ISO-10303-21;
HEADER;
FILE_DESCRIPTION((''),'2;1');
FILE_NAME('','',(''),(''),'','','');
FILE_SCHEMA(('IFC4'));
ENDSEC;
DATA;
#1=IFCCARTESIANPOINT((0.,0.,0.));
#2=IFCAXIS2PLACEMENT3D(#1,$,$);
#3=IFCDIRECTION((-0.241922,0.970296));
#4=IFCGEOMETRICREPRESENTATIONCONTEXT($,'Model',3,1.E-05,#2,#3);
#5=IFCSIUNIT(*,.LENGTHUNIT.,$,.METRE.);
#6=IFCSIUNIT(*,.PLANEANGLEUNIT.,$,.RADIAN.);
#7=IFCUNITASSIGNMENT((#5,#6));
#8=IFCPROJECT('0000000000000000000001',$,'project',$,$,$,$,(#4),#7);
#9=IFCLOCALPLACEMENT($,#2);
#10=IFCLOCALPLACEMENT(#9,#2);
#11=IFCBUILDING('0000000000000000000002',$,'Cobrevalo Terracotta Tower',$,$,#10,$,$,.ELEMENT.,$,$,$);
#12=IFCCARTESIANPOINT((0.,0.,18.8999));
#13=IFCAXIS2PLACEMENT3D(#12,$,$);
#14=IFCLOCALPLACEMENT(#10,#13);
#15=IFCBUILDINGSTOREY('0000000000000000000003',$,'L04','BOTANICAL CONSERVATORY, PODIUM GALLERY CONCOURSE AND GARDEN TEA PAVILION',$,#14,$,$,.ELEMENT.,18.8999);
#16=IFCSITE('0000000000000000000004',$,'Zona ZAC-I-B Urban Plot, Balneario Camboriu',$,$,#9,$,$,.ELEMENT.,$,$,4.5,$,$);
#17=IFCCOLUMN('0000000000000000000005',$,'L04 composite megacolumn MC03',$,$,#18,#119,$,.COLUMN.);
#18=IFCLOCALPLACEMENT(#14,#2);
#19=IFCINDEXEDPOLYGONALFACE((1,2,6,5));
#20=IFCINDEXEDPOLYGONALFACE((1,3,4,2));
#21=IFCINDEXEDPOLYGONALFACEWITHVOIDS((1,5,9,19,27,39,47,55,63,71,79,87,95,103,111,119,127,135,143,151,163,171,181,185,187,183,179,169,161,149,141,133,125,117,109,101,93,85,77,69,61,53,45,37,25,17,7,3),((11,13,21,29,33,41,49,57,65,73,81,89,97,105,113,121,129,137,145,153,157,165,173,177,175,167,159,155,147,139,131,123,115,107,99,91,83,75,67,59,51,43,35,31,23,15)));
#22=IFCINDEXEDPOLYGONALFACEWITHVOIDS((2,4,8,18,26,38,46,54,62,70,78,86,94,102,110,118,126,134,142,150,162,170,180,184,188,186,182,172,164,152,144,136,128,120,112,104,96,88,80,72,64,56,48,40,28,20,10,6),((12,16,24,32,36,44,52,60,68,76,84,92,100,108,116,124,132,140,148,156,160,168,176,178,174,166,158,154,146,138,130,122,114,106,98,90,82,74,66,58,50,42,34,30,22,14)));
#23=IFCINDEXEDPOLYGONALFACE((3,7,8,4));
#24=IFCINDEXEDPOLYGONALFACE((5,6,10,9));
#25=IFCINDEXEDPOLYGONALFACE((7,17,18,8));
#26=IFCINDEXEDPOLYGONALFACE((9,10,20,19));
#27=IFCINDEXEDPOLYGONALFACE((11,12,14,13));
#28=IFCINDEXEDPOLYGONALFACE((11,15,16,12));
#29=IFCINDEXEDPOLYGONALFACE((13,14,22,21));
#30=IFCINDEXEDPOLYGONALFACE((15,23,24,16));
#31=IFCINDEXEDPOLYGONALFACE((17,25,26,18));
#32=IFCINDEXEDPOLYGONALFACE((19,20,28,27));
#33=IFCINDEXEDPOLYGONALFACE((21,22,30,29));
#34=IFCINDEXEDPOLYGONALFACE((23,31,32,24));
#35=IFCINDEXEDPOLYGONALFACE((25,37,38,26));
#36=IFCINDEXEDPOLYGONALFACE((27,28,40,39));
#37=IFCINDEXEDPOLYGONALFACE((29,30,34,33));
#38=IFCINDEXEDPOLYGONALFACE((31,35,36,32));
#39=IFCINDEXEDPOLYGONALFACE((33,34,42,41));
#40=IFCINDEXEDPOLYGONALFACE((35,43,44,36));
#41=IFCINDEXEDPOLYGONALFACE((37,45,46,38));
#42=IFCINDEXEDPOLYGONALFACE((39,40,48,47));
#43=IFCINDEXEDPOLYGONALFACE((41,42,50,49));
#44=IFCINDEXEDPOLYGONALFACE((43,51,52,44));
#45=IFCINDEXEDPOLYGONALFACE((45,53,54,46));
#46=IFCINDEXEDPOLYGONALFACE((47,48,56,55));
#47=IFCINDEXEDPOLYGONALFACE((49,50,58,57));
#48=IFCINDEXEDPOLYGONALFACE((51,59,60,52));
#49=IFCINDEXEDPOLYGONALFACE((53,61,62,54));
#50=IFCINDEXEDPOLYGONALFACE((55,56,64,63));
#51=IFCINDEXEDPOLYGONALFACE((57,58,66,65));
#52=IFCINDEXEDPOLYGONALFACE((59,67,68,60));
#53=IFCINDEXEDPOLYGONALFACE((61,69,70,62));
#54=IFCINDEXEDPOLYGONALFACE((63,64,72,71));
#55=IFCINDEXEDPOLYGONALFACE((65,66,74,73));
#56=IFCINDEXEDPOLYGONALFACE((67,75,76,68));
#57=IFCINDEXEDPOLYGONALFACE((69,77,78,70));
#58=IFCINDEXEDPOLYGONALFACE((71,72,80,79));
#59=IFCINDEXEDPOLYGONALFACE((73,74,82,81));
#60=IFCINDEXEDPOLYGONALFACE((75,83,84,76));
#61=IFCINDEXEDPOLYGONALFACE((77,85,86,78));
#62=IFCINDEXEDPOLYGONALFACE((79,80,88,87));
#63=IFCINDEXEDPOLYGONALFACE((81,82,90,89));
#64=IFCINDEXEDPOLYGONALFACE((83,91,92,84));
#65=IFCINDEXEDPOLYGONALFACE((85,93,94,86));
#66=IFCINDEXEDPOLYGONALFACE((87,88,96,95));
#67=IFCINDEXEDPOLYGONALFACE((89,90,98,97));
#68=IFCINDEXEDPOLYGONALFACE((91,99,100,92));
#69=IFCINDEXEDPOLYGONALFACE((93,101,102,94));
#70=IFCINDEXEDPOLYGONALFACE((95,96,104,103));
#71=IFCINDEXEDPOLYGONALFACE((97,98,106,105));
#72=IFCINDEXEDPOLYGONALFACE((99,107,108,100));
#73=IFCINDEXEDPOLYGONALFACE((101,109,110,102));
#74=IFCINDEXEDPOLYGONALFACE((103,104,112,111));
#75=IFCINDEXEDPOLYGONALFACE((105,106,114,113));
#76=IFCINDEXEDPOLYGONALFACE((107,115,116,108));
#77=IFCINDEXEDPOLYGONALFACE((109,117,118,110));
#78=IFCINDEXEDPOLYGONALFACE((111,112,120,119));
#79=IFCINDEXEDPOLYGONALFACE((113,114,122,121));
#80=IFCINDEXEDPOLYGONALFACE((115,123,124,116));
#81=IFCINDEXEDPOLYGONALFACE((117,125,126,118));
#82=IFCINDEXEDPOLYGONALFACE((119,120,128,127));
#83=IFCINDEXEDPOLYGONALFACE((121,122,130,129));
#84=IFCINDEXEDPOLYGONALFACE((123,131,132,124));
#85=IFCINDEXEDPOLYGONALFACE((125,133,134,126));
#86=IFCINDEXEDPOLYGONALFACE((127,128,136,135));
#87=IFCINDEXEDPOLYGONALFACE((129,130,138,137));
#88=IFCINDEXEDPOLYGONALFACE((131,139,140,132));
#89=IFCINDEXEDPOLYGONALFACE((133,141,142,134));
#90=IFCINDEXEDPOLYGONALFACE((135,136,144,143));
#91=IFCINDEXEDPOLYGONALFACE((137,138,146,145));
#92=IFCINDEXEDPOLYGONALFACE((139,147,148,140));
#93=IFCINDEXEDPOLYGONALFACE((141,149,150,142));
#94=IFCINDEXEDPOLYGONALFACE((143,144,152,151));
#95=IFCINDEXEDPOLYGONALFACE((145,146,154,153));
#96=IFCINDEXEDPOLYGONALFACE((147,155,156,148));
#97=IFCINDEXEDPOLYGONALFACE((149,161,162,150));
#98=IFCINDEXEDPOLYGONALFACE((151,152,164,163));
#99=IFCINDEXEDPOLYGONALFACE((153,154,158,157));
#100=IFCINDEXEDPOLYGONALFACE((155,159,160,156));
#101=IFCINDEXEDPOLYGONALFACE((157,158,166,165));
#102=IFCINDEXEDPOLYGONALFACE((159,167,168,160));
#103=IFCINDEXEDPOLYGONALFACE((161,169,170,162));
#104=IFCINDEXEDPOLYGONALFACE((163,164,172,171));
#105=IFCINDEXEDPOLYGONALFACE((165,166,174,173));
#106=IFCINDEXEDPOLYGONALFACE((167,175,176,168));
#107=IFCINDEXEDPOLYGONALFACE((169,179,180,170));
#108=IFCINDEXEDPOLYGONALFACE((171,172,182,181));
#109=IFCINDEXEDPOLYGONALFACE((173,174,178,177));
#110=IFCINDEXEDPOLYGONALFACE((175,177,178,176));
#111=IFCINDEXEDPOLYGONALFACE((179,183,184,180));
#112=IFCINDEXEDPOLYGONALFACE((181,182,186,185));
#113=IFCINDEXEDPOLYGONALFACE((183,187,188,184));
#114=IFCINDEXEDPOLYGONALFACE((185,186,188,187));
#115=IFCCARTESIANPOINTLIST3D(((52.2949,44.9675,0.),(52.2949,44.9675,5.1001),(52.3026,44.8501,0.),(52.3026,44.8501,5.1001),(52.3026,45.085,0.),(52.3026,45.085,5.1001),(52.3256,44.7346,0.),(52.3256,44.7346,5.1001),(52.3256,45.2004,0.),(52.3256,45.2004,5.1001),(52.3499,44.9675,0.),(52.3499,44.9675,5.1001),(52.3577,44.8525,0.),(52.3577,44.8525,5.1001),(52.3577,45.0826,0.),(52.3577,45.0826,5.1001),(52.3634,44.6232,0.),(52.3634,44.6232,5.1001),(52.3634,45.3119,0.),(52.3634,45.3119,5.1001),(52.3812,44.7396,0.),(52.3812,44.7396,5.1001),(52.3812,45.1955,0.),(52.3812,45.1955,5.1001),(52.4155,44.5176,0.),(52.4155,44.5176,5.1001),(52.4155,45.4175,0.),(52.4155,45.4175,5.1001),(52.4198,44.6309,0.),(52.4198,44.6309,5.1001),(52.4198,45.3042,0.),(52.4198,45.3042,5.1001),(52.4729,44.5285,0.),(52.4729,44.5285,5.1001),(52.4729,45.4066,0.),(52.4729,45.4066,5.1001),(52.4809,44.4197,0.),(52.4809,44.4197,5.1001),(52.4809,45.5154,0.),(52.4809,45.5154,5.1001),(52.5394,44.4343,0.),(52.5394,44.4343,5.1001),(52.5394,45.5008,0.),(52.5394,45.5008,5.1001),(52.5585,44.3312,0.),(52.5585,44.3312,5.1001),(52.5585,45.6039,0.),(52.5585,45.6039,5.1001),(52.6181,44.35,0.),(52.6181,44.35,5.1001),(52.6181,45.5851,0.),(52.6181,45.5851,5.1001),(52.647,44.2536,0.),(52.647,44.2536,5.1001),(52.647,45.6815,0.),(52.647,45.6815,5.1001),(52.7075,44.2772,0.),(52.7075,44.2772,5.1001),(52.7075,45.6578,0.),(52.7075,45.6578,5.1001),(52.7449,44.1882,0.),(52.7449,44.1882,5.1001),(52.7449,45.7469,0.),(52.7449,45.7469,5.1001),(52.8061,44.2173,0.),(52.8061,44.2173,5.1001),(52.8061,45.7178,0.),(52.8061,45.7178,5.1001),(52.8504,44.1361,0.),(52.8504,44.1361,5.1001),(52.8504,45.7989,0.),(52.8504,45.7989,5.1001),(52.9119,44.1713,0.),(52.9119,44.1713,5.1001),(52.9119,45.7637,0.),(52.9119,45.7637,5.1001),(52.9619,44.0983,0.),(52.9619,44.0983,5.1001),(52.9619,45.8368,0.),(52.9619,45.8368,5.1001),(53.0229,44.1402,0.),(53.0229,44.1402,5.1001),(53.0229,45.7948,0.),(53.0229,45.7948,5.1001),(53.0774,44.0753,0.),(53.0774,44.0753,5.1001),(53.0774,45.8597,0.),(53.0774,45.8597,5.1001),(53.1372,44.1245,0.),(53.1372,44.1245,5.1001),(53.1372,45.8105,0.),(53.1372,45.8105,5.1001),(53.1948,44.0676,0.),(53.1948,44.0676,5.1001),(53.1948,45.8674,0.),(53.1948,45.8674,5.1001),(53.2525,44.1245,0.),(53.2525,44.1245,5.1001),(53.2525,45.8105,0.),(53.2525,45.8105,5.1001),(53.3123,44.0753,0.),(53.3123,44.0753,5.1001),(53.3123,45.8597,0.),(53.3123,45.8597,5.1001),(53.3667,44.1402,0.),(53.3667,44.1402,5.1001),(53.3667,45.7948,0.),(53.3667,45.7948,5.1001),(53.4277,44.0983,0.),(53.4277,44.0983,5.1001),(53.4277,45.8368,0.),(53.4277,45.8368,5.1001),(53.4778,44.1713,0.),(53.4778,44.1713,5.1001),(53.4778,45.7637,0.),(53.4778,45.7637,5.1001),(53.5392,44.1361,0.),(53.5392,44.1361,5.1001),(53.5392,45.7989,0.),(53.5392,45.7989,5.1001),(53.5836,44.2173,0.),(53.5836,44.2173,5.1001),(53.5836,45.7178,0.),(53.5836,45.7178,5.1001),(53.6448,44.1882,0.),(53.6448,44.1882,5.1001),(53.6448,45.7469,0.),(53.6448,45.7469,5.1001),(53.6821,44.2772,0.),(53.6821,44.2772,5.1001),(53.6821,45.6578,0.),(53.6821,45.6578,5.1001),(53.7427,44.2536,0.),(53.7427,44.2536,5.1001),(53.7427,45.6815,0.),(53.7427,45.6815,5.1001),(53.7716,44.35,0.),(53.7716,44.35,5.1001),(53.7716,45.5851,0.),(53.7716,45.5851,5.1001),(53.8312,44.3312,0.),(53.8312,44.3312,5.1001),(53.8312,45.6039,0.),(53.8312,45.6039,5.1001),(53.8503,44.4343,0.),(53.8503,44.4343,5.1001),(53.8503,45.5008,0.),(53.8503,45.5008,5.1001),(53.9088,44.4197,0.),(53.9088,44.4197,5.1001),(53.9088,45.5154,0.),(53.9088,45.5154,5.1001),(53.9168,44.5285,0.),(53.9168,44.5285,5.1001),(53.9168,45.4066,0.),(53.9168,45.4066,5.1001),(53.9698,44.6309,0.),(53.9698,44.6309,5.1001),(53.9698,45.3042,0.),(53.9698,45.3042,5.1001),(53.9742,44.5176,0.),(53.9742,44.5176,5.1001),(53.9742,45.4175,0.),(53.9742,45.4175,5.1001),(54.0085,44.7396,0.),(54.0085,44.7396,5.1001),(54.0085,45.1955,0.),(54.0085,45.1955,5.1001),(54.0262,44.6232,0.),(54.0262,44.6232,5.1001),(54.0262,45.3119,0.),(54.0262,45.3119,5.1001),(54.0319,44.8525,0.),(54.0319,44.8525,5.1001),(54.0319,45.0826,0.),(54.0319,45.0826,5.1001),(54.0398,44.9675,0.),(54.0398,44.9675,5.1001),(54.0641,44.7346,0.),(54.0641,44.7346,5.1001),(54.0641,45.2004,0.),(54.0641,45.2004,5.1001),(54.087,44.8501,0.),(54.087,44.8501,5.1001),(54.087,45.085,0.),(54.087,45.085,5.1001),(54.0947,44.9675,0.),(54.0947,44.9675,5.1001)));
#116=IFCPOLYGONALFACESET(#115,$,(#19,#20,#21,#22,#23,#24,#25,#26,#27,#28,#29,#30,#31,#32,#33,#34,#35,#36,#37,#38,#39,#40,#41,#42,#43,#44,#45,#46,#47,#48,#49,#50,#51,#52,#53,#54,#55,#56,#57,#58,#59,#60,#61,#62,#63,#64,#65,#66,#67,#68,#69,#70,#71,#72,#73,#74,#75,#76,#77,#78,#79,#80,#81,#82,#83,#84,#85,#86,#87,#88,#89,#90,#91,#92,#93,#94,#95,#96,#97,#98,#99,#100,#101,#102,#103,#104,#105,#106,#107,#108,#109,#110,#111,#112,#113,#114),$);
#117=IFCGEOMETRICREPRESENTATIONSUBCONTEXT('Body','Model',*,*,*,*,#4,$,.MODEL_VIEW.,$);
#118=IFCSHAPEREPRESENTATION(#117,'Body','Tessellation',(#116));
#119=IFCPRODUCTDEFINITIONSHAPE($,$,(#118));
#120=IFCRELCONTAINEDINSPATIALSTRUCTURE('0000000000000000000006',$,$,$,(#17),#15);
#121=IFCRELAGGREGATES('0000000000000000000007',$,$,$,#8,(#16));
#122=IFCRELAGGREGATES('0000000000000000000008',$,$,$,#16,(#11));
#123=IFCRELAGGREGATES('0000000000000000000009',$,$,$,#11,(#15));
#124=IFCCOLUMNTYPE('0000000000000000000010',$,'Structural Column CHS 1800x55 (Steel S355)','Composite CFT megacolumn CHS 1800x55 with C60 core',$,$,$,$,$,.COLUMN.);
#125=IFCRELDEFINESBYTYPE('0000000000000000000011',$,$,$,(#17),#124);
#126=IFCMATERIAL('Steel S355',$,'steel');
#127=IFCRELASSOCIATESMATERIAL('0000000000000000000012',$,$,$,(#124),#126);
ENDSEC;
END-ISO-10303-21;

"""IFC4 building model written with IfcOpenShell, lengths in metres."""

from ifc_helpers import new_model, si_unit, direction, frame, origin, origin_2d, place, context, subcontext, project, spatial, hollow_circle, extrude, material, material_profile, profile_set, type_object, element, save


model = new_model("IFC4")

# Units and contexts
model_context = context("Model", 3, precision=1e-05, world=origin(), true_north=direction((-0.241922, 0.970296)))
body_context = subcontext(model_context, "Body", "Model", "MODEL_VIEW")
ifc_project = project(units=[si_unit("LENGTHUNIT", "METRE"), si_unit("PLANEANGLEUNIT", "RADIAN")], contexts=[model_context])

# Site, building, storey
site_placement = place(None, origin())
site = spatial("IfcSite", under=ifc_project, at=site_placement, Name="Zona ZAC-I-B Urban Plot, Balneario Camboriu", CompositionType="ELEMENT", RefElevation=4.5)
building_placement = place(site_placement, origin())
building = spatial("IfcBuilding", under=site, at=building_placement, Name="Cobrevalo Terracotta Tower", CompositionType="ELEMENT")
storey_placement = place(building_placement, frame((0.0, 0.0, 18.8999)))
storey = spatial("IfcBuildingStorey", under=building, at=storey_placement, Name="L04", Description="BOTANICAL CONSERVATORY, PODIUM GALLERY CONCOURSE AND GARDEN TEA PAVILION", CompositionType="ELEMENT", Elevation=18.8999)

# Column
ifc_material_1 = material(Name="Steel S355", Category="steel")
ifc_material_profile_1 = material_profile(ifc_material_1, hollow_circle(Radius=0.8999, WallThickness=0.0549, at=origin_2d()), Name="CHS 1800x55")
ifc_profile_set_1 = profile_set([ifc_material_profile_1], Name="Steel S355")
column_type_1 = type_object("IfcColumnType", Name="Structural Column CHS 1800x55 (Steel S355)", Description="Composite CFT megacolumn CHS 1800x55 with C60 core", PredefinedType="COLUMN", material=ifc_profile_set_1)
for number, where, z_axis, x_axis, name in (
    (1, (53.1948, 44.9675, 0.0), (0.0, 0.0, 1.0), (1.0, 0.0, 0.0), "L04 composite megacolumn MC03"),
):
    element("IfcColumn", number, at=place(storey_placement, frame(where, z_axis=z_axis, x_axis=x_axis)), inside=storey, type_object=column_type_1, Name=name, PredefinedType="COLUMN", context=body_context, shape_type="SweptSolid", body=[
        extrude(hollow_circle(Radius=0.8999, WallThickness=0.0549, at=origin_2d()), origin(), (0.0, 0.0, 1.0), 5.1001),
    ])

save(model, "model.ifc")
